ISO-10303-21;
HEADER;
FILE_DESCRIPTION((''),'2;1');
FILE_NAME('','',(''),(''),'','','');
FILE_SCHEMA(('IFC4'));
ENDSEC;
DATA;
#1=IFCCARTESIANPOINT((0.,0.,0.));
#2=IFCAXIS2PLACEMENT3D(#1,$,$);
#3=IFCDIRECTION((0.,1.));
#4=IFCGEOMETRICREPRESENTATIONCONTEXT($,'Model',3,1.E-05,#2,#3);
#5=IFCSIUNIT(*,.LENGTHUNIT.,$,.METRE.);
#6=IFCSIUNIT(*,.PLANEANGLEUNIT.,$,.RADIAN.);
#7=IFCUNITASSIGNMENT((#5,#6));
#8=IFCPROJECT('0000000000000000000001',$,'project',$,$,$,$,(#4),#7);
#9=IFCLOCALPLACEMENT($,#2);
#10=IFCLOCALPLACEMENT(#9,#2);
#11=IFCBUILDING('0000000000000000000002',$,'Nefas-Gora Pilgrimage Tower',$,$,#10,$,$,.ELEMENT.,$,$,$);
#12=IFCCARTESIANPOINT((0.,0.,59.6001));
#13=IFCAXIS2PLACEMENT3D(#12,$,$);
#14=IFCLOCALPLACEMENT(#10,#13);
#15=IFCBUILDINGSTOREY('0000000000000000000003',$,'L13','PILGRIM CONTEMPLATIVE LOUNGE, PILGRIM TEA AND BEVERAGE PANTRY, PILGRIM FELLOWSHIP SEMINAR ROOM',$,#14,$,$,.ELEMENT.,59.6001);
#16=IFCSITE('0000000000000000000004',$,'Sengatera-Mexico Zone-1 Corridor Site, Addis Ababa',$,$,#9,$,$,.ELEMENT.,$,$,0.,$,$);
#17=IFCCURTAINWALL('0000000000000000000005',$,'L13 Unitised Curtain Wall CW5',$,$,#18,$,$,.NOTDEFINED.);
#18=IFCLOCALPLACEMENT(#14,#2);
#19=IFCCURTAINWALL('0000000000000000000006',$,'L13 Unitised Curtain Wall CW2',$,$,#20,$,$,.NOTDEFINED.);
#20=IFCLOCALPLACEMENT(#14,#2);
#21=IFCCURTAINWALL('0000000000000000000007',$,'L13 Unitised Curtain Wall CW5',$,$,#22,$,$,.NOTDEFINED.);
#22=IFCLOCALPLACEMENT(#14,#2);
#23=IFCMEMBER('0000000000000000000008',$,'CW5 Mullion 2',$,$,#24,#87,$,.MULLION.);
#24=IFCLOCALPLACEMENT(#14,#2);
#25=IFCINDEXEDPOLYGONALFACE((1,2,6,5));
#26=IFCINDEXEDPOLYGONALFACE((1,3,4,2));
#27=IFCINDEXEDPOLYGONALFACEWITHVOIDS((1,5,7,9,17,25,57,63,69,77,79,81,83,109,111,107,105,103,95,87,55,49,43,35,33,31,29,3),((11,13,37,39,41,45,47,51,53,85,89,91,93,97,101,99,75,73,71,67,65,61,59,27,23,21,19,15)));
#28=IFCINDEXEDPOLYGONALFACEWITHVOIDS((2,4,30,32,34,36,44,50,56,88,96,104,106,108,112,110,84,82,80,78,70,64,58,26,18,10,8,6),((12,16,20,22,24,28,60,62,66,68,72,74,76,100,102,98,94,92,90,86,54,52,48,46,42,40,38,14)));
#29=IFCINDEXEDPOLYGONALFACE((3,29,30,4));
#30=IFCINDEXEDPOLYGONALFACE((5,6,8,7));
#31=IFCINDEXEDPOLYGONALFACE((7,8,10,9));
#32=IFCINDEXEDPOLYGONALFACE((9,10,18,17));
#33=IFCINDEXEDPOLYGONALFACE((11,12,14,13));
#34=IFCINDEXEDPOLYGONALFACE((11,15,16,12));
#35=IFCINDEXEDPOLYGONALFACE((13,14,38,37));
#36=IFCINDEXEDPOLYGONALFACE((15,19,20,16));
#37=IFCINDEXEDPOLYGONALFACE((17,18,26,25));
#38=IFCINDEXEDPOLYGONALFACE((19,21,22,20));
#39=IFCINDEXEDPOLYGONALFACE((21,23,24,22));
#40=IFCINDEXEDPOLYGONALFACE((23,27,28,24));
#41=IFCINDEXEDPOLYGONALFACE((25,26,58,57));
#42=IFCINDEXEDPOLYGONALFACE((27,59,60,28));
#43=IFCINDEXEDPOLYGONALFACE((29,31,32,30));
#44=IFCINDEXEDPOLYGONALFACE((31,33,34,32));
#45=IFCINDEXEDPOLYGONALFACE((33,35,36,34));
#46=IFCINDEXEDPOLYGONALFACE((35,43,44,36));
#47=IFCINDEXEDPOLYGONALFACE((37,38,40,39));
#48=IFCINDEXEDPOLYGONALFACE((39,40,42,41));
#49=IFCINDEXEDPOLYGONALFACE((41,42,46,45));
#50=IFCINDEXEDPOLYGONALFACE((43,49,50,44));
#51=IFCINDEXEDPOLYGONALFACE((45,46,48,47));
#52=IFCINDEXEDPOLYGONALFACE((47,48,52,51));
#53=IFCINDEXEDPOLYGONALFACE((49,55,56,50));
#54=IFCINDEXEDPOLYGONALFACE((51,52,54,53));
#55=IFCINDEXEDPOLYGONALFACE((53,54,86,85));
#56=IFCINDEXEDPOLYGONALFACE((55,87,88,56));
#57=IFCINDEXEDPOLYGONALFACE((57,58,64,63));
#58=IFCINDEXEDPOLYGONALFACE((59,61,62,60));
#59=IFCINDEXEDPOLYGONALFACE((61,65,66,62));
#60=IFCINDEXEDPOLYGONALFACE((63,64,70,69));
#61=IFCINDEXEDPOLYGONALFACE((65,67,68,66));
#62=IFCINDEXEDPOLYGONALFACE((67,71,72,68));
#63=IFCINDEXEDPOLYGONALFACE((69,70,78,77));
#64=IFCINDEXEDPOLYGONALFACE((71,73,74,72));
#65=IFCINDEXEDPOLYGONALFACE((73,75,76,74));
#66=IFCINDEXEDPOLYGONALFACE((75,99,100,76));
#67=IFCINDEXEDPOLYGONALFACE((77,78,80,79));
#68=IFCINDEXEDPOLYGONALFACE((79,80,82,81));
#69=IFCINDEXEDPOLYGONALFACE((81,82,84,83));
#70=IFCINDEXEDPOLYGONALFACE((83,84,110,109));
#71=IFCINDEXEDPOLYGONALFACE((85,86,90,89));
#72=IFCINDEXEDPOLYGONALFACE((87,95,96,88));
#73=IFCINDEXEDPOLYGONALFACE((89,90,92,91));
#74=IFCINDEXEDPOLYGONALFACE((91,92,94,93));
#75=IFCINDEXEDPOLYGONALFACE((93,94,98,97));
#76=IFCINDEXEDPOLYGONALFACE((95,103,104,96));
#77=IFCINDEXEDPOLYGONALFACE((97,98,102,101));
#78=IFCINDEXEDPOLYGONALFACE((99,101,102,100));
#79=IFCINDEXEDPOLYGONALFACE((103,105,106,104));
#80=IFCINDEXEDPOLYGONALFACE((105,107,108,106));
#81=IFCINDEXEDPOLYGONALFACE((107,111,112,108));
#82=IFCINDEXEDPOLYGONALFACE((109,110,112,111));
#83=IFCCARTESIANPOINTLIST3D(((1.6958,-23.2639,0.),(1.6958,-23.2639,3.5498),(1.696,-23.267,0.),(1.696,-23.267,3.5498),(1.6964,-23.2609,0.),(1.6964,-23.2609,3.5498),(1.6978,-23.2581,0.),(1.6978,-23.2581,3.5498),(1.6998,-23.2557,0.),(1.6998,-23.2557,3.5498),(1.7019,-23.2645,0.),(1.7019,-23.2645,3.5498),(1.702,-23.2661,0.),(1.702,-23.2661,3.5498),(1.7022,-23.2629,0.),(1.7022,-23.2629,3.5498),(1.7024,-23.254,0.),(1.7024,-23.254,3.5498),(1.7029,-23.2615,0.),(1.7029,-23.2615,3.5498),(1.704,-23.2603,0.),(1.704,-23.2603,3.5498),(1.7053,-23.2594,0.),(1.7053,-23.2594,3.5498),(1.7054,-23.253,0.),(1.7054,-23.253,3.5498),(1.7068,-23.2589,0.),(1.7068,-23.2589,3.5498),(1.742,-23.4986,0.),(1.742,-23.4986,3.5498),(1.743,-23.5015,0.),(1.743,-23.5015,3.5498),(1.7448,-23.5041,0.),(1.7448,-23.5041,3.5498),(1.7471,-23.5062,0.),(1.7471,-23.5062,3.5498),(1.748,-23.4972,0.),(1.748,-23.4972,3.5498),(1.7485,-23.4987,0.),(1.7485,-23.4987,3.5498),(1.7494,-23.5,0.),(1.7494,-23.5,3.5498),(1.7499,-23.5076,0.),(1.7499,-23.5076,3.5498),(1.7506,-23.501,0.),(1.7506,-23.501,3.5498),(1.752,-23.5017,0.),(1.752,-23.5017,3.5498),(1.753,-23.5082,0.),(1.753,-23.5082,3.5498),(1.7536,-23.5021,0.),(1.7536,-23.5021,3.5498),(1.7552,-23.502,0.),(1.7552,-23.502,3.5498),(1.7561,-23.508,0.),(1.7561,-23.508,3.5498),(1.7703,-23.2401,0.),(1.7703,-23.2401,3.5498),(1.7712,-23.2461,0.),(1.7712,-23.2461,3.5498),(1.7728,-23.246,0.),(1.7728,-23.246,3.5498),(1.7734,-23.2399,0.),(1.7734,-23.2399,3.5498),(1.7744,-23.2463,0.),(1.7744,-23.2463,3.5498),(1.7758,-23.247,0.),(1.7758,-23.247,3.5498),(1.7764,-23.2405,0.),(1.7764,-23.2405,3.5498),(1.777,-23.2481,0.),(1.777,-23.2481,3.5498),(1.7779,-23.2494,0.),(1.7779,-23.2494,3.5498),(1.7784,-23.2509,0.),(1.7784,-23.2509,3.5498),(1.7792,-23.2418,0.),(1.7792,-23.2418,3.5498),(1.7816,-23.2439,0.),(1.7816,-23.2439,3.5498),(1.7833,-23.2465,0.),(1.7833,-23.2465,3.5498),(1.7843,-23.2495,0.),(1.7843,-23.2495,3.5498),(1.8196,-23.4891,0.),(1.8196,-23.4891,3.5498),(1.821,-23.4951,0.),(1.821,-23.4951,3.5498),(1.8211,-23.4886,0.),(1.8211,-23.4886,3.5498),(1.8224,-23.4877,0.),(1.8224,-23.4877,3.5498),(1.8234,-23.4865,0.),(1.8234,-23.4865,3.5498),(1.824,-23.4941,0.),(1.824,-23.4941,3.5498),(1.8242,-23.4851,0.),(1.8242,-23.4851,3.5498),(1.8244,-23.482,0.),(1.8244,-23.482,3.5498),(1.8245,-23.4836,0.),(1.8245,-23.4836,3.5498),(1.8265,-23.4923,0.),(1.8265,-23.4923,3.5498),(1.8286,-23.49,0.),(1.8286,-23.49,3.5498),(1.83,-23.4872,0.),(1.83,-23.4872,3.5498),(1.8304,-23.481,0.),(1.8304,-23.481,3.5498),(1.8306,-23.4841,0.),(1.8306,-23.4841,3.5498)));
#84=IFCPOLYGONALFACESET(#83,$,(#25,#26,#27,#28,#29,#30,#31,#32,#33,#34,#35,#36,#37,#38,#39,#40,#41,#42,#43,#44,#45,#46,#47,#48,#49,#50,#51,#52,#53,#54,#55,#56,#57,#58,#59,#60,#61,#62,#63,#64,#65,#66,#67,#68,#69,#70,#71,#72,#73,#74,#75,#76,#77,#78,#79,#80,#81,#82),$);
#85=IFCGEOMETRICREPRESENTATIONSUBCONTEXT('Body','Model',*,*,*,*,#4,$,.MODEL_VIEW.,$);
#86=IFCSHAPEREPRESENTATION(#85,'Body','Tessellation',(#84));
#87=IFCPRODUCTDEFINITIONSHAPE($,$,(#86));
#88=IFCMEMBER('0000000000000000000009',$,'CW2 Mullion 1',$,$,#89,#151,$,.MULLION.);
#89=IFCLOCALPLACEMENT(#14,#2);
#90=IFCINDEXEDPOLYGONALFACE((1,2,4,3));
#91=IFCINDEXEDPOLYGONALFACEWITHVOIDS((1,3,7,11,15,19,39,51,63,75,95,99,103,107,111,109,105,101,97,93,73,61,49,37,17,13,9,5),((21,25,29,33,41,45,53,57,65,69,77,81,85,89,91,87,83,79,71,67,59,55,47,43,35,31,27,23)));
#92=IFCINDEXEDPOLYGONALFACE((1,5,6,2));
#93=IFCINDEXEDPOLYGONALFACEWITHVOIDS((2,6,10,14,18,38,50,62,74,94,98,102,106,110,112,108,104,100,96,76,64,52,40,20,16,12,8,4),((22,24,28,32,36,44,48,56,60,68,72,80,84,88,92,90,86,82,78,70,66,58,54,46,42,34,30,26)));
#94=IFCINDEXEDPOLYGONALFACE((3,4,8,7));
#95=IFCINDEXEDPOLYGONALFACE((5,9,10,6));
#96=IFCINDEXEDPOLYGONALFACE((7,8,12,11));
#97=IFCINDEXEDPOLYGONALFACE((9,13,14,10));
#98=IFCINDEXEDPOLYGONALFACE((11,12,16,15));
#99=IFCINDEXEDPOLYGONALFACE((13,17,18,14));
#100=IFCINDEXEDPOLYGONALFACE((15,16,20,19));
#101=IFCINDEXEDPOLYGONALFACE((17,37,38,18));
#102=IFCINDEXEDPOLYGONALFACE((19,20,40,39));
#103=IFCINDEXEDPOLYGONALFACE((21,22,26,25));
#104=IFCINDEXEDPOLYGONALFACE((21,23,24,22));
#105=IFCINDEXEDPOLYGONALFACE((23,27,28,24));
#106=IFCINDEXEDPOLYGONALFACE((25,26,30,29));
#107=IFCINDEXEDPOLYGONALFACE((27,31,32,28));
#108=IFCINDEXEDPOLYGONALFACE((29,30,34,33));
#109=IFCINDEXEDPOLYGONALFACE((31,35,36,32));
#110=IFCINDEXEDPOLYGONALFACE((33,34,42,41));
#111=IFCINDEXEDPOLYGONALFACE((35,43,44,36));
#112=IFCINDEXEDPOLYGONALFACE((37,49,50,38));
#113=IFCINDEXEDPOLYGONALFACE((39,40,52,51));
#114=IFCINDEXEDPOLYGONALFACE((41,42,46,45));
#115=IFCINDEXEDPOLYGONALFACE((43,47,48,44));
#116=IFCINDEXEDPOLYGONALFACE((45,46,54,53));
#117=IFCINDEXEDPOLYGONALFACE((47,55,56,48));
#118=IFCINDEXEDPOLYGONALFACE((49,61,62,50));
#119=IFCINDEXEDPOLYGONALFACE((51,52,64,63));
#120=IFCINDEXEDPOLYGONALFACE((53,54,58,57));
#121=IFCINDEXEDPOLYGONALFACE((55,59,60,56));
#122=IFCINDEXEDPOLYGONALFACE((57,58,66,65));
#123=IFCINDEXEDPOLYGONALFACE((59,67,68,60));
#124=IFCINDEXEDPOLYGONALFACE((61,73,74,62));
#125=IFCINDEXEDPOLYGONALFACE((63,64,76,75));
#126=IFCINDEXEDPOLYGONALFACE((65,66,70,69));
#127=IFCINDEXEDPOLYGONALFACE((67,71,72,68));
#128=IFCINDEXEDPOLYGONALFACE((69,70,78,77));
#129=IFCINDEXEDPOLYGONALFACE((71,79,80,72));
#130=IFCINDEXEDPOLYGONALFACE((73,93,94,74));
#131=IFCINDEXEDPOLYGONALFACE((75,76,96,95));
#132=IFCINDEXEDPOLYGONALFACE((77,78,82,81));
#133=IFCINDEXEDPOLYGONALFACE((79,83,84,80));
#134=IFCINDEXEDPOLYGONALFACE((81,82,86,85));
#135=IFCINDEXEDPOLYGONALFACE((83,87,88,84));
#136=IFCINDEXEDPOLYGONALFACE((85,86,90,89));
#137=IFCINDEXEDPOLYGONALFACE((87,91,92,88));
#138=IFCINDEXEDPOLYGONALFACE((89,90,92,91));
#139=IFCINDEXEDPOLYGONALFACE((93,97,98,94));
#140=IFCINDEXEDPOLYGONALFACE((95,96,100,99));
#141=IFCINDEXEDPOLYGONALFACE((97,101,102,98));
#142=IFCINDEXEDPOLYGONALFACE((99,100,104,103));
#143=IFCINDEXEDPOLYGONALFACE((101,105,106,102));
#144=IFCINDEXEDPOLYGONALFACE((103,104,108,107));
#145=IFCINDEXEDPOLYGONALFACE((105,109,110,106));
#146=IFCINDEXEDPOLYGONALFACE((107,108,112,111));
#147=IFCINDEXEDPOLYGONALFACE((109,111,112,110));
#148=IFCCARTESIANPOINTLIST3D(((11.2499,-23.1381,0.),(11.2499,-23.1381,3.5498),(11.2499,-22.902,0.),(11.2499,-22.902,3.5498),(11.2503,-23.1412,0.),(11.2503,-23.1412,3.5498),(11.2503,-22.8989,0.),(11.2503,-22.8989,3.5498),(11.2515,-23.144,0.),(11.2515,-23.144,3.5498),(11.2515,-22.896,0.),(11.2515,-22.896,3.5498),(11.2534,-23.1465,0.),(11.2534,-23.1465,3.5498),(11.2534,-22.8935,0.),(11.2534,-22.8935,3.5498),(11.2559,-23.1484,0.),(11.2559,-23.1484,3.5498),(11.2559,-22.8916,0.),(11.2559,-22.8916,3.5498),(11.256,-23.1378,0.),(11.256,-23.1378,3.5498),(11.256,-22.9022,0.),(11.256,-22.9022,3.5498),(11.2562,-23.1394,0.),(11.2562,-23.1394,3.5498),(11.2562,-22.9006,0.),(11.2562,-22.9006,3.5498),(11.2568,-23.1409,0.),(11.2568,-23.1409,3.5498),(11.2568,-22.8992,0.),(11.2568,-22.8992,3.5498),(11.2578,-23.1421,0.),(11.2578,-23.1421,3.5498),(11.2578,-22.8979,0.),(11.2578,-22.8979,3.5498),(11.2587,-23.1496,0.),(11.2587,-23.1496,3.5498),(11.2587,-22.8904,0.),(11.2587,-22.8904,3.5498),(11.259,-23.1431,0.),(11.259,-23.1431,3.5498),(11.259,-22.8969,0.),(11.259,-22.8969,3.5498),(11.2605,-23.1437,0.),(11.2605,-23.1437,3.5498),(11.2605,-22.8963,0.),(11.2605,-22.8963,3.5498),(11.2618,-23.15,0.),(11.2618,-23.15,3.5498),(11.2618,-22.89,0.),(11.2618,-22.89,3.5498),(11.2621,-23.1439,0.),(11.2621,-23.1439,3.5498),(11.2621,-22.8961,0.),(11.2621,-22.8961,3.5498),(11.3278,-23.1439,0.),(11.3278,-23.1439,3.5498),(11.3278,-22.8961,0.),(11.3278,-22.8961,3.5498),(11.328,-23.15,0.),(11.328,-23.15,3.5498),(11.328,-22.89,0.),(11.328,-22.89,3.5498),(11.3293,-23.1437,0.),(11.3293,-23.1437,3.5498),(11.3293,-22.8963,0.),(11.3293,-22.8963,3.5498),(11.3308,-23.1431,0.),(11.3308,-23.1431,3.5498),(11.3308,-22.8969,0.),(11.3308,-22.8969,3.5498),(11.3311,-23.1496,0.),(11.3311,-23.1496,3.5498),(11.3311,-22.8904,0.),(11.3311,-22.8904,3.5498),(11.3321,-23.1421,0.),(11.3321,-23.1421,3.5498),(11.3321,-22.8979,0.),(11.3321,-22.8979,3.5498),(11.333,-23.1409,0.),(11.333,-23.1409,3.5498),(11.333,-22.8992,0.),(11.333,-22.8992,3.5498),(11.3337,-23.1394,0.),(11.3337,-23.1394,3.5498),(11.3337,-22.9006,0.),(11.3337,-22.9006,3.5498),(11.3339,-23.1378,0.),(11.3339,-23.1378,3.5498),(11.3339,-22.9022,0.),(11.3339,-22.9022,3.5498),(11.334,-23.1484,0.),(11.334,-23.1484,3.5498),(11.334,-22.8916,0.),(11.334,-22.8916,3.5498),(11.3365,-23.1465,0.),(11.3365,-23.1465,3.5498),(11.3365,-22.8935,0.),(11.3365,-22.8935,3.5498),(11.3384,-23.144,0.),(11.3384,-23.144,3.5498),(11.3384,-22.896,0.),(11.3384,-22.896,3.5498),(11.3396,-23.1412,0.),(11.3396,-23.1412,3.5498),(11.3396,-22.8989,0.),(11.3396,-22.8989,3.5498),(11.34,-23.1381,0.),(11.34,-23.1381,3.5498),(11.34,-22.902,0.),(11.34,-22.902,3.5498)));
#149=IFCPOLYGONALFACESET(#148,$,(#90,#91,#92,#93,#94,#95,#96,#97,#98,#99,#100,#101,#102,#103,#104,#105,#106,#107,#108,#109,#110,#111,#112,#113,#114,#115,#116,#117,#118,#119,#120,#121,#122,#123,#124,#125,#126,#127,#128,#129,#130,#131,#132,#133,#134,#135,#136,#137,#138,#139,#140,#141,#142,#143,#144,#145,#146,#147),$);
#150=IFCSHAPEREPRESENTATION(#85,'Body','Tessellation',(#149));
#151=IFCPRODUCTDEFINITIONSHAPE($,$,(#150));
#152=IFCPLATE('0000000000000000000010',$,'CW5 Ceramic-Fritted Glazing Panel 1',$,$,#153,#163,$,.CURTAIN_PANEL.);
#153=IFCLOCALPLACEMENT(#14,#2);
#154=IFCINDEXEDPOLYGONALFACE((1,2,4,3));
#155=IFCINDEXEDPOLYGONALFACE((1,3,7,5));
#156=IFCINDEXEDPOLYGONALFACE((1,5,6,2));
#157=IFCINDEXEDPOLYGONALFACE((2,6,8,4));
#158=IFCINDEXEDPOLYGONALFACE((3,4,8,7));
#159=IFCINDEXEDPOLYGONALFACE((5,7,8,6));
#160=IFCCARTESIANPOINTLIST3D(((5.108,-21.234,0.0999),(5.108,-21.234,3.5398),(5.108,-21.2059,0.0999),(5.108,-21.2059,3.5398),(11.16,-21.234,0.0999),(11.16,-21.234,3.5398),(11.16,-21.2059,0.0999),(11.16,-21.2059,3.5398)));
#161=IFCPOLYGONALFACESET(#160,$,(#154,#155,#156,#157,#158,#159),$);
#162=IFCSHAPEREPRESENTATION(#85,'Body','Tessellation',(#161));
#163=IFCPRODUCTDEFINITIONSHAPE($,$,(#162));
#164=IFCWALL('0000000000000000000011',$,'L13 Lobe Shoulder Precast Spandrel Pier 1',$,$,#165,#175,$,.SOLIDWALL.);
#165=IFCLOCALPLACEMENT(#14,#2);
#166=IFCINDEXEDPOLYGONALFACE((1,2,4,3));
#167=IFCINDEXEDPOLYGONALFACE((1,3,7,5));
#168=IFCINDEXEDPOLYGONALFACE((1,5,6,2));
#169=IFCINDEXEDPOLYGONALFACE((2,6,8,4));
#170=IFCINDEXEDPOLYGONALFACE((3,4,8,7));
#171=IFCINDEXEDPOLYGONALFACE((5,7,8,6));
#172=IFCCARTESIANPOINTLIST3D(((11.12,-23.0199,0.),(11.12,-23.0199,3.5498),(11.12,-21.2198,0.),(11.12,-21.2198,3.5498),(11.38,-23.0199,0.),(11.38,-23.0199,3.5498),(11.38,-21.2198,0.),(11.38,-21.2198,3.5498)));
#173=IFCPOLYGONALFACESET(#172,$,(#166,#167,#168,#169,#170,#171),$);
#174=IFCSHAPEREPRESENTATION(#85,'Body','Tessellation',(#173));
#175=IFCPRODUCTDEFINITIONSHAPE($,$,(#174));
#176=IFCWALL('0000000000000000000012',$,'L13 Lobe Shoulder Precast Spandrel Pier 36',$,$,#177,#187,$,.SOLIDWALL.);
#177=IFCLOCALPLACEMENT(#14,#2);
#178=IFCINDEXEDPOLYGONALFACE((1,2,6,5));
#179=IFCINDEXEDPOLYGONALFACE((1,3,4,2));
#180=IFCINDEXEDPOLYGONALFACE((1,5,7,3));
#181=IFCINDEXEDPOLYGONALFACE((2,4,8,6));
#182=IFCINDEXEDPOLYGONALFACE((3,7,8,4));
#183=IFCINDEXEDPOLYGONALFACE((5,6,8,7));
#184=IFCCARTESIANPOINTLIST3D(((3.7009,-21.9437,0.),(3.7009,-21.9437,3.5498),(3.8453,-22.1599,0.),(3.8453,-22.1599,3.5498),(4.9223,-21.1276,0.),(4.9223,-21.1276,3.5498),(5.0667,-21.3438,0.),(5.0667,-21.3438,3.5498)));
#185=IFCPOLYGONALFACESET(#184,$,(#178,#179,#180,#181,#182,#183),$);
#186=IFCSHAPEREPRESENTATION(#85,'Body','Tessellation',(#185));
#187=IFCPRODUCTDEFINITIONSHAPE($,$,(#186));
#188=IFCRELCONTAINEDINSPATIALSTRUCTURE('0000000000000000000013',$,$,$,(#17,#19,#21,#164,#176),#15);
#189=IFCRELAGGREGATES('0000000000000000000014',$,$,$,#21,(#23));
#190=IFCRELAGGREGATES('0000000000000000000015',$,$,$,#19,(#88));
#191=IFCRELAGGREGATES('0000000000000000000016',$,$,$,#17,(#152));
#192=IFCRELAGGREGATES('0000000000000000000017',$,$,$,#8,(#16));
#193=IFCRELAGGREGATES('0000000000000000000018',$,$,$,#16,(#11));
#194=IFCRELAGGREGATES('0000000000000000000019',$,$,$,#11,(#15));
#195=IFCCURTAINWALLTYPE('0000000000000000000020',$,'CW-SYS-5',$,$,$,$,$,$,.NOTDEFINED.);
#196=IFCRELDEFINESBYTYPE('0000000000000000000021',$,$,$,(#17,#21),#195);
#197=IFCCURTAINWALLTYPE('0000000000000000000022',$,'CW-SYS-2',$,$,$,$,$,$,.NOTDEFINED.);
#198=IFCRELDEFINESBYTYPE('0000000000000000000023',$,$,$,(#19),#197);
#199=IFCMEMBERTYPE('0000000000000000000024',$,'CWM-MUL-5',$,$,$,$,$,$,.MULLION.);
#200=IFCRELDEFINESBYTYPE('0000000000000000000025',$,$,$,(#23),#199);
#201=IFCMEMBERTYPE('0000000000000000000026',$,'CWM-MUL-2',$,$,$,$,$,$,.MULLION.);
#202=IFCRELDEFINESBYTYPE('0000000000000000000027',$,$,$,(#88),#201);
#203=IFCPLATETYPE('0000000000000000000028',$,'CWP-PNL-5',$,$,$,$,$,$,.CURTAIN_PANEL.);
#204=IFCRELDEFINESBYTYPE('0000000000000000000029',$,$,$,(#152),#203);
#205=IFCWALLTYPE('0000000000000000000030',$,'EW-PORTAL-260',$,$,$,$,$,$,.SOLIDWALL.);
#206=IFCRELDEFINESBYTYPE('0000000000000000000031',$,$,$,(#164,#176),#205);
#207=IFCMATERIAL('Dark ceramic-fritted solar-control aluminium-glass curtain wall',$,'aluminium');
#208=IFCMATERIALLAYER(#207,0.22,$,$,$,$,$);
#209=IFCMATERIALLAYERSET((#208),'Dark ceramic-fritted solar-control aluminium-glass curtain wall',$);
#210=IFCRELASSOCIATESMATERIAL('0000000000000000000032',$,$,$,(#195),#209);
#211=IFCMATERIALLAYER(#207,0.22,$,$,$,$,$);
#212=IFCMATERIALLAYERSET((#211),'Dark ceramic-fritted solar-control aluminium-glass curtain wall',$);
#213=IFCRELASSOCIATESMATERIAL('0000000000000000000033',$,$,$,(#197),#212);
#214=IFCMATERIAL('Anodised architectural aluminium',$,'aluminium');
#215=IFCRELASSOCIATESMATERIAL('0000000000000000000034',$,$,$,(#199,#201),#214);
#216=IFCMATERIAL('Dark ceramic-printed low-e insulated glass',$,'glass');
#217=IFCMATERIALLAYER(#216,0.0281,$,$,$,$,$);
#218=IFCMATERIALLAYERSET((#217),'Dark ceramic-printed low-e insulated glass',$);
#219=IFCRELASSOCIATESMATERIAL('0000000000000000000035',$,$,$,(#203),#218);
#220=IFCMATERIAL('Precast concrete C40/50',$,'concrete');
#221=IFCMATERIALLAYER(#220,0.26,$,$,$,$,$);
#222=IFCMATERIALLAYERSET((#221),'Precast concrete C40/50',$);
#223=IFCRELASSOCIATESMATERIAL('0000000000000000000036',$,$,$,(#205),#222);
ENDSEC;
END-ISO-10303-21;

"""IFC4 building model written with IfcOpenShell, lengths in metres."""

from ifc_helpers import new_model, si_unit, direction, frame, frame_2d, origin, origin_2d, place, context, subcontext, project, spatial, rectangle, hollow_rectangle, extrude, source, transform, mapped, material, layer, layer_set, material_profile, profile_set, type_object, element, aggregate, save


model = new_model("IFC4")

# Units and contexts
model_context = context("Model", 3, precision=1e-05, world=origin(), true_north=direction((0.0, 1.0)))
body_context = subcontext(model_context, "Body", "Model", "MODEL_VIEW")
ifc_project = project(units=[si_unit("LENGTHUNIT", "METRE"), si_unit("PLANEANGLEUNIT", "RADIAN")], contexts=[model_context])

# Site, building, storey
site_placement = place(None, origin())
site = spatial("IfcSite", under=ifc_project, at=site_placement, Name="Sengatera-Mexico Zone-1 Corridor Site, Addis Ababa", CompositionType="ELEMENT", RefElevation=0.0)
building_placement = place(site_placement, origin())
building = spatial("IfcBuilding", under=site, at=building_placement, Name="Nefas-Gora Pilgrimage Tower", CompositionType="ELEMENT")
storey_placement = place(building_placement, frame((0.0, 0.0, 59.6001)))
storey = spatial("IfcBuildingStorey", under=building, at=storey_placement, Name="L13", Description="PILGRIM CONTEMPLATIVE LOUNGE, PILGRIM TEA AND BEVERAGE PANTRY, PILGRIM FELLOWSHIP SEMINAR ROOM", CompositionType="ELEMENT", Elevation=59.6001)

# Curtain walls
ifc_material_1 = material(Name="Dark ceramic-fritted solar-control aluminium-glass curtain wall", Category="aluminium")
ifc_layer_1 = layer(ifc_material_1, 0.22)
ifc_layer_set_1 = layer_set([ifc_layer_1], Name="Dark ceramic-fritted solar-control aluminium-glass curtain wall")
curtain_wall_type_1 = type_object("IfcCurtainWallType", Name="CW-SYS-5", PredefinedType="NOTDEFINED", material=ifc_layer_set_1)
curtain_wall_1_placement = place(storey_placement, origin())
curtain_wall_1 = element("IfcCurtainWall", 1, at=curtain_wall_1_placement, inside=storey, type_object=curtain_wall_type_1, Name="L13 Unitised Curtain Wall CW5", PredefinedType="NOTDEFINED")
ifc_material_2 = material(Name="Anodised architectural aluminium", Category="aluminium")
ifc_layer_2 = layer(ifc_material_1, 0.22)
ifc_layer_set_2 = layer_set([ifc_layer_2], Name="Dark ceramic-fritted solar-control aluminium-glass curtain wall")
curtain_wall_type_2 = type_object("IfcCurtainWallType", Name="CW-SYS-2", PredefinedType="NOTDEFINED", material=ifc_layer_set_2)
curtain_wall_2_placement = place(storey_placement, origin())
curtain_wall_2 = element("IfcCurtainWall", 2, at=curtain_wall_2_placement, inside=storey, type_object=curtain_wall_type_2, Name="L13 Unitised Curtain Wall CW2", PredefinedType="NOTDEFINED")

# Shared definitions
ifc_material_profile_1 = material_profile(ifc_material_2, hollow_rectangle(XDim=0.0901, YDim=0.26, WallThickness=0.0061, InnerFilletRadius=0.0061, OuterFilletRadius=0.012, at=origin_2d()), Name="ALU MULLION 90x260")
ifc_profile_set_1 = profile_set([ifc_material_profile_1], Name="Anodised architectural aluminium")
member_type_1 = type_object("IfcMemberType", Name="CWM-MUL-5", PredefinedType="MULLION", material=ifc_profile_set_1)
shared_shape_1 = source(origin(), body_context, "Body", "SweptSolid", [
    extrude(hollow_rectangle(XDim=0.0901, YDim=0.26, WallThickness=0.0061, InnerFilletRadius=0.0061, OuterFilletRadius=0.012, at=origin_2d()), origin(), (0.0, 0.0, 1.0), 3.5498),
])

# Curtain wall, member
curtain_wall_3_placement = place(storey_placement, origin())
curtain_wall_3 = element("IfcCurtainWall", 3, at=curtain_wall_3_placement, inside=storey, type_object=curtain_wall_type_1, Name="L13 Unitised Curtain Wall CW5", PredefinedType="NOTDEFINED")
member_1_placement = place(storey_placement, frame((1.7632, -23.374, 0.0), z_axis=(0.0, 0.0, 1.0), x_axis=(0.980783, 0.195102, 0.0)))
member_1 = element("IfcMember", 4, at=member_1_placement, type_object=member_type_1, Name="CW5 Mullion 2", PredefinedType="MULLION", context=body_context, shape_type="MappedRepresentation", body=[
    mapped(shared_shape_1, transform((0.0, 0.0, 0.0), x_axis=(1.0, 0.0, 0.0), y_axis=(0.0, 1.0, 0.0), z_axis=(0.0, 0.0, 1.0), scale=1.0)),
])
aggregate(curtain_wall_3, [member_1])

# Member
ifc_material_profile_2 = material_profile(ifc_material_2, hollow_rectangle(XDim=0.0901, YDim=0.26, WallThickness=0.0061, InnerFilletRadius=0.0061, OuterFilletRadius=0.012, at=origin_2d()), Name="ALU MULLION 90x260")
ifc_profile_set_2 = profile_set([ifc_material_profile_2], Name="Anodised architectural aluminium")
member_type_2 = type_object("IfcMemberType", Name="CWM-MUL-2", PredefinedType="MULLION", material=ifc_profile_set_2)
shared_shape_2 = source(origin(), body_context, "Body", "SweptSolid", [
    extrude(hollow_rectangle(XDim=0.0901, YDim=0.26, WallThickness=0.0061, InnerFilletRadius=0.0061, OuterFilletRadius=0.012, at=origin_2d()), origin(), (0.0, 0.0, 1.0), 3.5498),
])
member_2_placement = place(storey_placement, frame((11.2949, -23.02, 0.0), z_axis=(0.0, 0.0, 1.0), x_axis=(1.0, 0.0, 0.0)))
member_2 = element("IfcMember", 5, at=member_2_placement, type_object=member_type_2, Name="CW2 Mullion 1", PredefinedType="MULLION", context=body_context, shape_type="MappedRepresentation", body=[
    mapped(shared_shape_2, transform((0.0, 0.0, 0.0), x_axis=(1.0, 0.0, 0.0), y_axis=(0.0, 1.0, 0.0), z_axis=(0.0, 0.0, 1.0), scale=1.0)),
])
aggregate(curtain_wall_2, [member_2])

# Plate
ifc_material_3 = material(Name="Dark ceramic-printed low-e insulated glass", Category="glass")
ifc_layer_3 = layer(ifc_material_3, 0.0281)
ifc_layer_set_3 = layer_set([ifc_layer_3], Name="Dark ceramic-printed low-e insulated glass")
plate_type = type_object("IfcPlateType", Name="CWP-PNL-5", PredefinedType="CURTAIN_PANEL", material=ifc_layer_set_3)
shared_shape_3 = source(origin(), body_context, "Body", "SweptSolid", [
    extrude(rectangle(XDim=6.052, YDim=0.0281, at=origin_2d()), origin(), (0.0, 0.0, 1.0), 3.4399),
])
plate_placement = place(storey_placement, frame((8.134, -21.22, 0.0999), z_axis=(0.0, 0.0, 1.0), x_axis=(1.0, 0.0, 0.0)))
plate = element("IfcPlate", 6, at=plate_placement, type_object=plate_type, Name="CW5 Ceramic-Fritted Glazing Panel 1", PredefinedType="CURTAIN_PANEL", context=body_context, shape_type="MappedRepresentation", body=[
    mapped(shared_shape_3, transform((0.0, 0.0, 0.0), x_axis=(1.0, 0.0, 0.0), y_axis=(0.0, 1.0, 0.0), z_axis=(0.0, 0.0, 1.0), scale=1.0)),
])
aggregate(curtain_wall_1, [plate])

# Walls
ifc_material_4 = material(Name="Precast concrete C40/50", Category="concrete")
ifc_layer_4 = layer(ifc_material_4, 0.26)
ifc_layer_set_4 = layer_set([ifc_layer_4], Name="Precast concrete C40/50")
wall_type_1 = type_object("IfcWallType", Name="EW-PORTAL-260", PredefinedType="SOLIDWALL", material=ifc_layer_set_4)
shared_shape_4 = source(origin(), body_context, "Body", "SweptSolid", [
    extrude(rectangle(XDim=1.8, YDim=0.26, at=frame_2d((0.8999, 0.0))), origin(), (0.0, 0.0, 1.0), 3.5498),
])
wall_1_placement = place(storey_placement, frame((11.25, -21.22, 0.0), z_axis=(0.0, 0.0, 1.0), x_axis=(0.0, -1.0, 0.0)))
element("IfcWall", 7, at=wall_1_placement, inside=storey, type_object=wall_type_1, Name="L13 Lobe Shoulder Precast Spandrel Pier 1", PredefinedType="SOLIDWALL", context=body_context, shape_type="MappedRepresentation", body=[
    mapped(shared_shape_4, transform((0.0, 0.0, 0.0), x_axis=(1.0, 0.0, 0.0), y_axis=(0.0, 1.0, 0.0), z_axis=(0.0, 0.0, 1.0), scale=1.0)),
])
shared_shape_5 = source(origin(), body_context, "Body", "SweptSolid", [
    extrude(rectangle(XDim=1.469, YDim=0.26, at=frame_2d((0.7344, 0.0))), origin(), (0.0, 0.0, 1.0), 3.5498),
])
wall_2_placement = place(storey_placement, frame((3.7732, -22.0518, 0.0), z_axis=(0.0, 0.0, 1.0), x_axis=(0.831462, 0.555582, 0.0)))
element("IfcWall", 8, at=wall_2_placement, inside=storey, type_object=wall_type_1, Name="L13 Lobe Shoulder Precast Spandrel Pier 36", PredefinedType="SOLIDWALL", context=body_context, shape_type="MappedRepresentation", body=[
    mapped(shared_shape_5, transform((0.0, 0.0, 0.0), x_axis=(1.0, 0.0, 0.0), y_axis=(0.0, 1.0, 0.0), z_axis=(0.0, 0.0, 1.0), scale=1.0)),
])

save(model, "model.ifc")
